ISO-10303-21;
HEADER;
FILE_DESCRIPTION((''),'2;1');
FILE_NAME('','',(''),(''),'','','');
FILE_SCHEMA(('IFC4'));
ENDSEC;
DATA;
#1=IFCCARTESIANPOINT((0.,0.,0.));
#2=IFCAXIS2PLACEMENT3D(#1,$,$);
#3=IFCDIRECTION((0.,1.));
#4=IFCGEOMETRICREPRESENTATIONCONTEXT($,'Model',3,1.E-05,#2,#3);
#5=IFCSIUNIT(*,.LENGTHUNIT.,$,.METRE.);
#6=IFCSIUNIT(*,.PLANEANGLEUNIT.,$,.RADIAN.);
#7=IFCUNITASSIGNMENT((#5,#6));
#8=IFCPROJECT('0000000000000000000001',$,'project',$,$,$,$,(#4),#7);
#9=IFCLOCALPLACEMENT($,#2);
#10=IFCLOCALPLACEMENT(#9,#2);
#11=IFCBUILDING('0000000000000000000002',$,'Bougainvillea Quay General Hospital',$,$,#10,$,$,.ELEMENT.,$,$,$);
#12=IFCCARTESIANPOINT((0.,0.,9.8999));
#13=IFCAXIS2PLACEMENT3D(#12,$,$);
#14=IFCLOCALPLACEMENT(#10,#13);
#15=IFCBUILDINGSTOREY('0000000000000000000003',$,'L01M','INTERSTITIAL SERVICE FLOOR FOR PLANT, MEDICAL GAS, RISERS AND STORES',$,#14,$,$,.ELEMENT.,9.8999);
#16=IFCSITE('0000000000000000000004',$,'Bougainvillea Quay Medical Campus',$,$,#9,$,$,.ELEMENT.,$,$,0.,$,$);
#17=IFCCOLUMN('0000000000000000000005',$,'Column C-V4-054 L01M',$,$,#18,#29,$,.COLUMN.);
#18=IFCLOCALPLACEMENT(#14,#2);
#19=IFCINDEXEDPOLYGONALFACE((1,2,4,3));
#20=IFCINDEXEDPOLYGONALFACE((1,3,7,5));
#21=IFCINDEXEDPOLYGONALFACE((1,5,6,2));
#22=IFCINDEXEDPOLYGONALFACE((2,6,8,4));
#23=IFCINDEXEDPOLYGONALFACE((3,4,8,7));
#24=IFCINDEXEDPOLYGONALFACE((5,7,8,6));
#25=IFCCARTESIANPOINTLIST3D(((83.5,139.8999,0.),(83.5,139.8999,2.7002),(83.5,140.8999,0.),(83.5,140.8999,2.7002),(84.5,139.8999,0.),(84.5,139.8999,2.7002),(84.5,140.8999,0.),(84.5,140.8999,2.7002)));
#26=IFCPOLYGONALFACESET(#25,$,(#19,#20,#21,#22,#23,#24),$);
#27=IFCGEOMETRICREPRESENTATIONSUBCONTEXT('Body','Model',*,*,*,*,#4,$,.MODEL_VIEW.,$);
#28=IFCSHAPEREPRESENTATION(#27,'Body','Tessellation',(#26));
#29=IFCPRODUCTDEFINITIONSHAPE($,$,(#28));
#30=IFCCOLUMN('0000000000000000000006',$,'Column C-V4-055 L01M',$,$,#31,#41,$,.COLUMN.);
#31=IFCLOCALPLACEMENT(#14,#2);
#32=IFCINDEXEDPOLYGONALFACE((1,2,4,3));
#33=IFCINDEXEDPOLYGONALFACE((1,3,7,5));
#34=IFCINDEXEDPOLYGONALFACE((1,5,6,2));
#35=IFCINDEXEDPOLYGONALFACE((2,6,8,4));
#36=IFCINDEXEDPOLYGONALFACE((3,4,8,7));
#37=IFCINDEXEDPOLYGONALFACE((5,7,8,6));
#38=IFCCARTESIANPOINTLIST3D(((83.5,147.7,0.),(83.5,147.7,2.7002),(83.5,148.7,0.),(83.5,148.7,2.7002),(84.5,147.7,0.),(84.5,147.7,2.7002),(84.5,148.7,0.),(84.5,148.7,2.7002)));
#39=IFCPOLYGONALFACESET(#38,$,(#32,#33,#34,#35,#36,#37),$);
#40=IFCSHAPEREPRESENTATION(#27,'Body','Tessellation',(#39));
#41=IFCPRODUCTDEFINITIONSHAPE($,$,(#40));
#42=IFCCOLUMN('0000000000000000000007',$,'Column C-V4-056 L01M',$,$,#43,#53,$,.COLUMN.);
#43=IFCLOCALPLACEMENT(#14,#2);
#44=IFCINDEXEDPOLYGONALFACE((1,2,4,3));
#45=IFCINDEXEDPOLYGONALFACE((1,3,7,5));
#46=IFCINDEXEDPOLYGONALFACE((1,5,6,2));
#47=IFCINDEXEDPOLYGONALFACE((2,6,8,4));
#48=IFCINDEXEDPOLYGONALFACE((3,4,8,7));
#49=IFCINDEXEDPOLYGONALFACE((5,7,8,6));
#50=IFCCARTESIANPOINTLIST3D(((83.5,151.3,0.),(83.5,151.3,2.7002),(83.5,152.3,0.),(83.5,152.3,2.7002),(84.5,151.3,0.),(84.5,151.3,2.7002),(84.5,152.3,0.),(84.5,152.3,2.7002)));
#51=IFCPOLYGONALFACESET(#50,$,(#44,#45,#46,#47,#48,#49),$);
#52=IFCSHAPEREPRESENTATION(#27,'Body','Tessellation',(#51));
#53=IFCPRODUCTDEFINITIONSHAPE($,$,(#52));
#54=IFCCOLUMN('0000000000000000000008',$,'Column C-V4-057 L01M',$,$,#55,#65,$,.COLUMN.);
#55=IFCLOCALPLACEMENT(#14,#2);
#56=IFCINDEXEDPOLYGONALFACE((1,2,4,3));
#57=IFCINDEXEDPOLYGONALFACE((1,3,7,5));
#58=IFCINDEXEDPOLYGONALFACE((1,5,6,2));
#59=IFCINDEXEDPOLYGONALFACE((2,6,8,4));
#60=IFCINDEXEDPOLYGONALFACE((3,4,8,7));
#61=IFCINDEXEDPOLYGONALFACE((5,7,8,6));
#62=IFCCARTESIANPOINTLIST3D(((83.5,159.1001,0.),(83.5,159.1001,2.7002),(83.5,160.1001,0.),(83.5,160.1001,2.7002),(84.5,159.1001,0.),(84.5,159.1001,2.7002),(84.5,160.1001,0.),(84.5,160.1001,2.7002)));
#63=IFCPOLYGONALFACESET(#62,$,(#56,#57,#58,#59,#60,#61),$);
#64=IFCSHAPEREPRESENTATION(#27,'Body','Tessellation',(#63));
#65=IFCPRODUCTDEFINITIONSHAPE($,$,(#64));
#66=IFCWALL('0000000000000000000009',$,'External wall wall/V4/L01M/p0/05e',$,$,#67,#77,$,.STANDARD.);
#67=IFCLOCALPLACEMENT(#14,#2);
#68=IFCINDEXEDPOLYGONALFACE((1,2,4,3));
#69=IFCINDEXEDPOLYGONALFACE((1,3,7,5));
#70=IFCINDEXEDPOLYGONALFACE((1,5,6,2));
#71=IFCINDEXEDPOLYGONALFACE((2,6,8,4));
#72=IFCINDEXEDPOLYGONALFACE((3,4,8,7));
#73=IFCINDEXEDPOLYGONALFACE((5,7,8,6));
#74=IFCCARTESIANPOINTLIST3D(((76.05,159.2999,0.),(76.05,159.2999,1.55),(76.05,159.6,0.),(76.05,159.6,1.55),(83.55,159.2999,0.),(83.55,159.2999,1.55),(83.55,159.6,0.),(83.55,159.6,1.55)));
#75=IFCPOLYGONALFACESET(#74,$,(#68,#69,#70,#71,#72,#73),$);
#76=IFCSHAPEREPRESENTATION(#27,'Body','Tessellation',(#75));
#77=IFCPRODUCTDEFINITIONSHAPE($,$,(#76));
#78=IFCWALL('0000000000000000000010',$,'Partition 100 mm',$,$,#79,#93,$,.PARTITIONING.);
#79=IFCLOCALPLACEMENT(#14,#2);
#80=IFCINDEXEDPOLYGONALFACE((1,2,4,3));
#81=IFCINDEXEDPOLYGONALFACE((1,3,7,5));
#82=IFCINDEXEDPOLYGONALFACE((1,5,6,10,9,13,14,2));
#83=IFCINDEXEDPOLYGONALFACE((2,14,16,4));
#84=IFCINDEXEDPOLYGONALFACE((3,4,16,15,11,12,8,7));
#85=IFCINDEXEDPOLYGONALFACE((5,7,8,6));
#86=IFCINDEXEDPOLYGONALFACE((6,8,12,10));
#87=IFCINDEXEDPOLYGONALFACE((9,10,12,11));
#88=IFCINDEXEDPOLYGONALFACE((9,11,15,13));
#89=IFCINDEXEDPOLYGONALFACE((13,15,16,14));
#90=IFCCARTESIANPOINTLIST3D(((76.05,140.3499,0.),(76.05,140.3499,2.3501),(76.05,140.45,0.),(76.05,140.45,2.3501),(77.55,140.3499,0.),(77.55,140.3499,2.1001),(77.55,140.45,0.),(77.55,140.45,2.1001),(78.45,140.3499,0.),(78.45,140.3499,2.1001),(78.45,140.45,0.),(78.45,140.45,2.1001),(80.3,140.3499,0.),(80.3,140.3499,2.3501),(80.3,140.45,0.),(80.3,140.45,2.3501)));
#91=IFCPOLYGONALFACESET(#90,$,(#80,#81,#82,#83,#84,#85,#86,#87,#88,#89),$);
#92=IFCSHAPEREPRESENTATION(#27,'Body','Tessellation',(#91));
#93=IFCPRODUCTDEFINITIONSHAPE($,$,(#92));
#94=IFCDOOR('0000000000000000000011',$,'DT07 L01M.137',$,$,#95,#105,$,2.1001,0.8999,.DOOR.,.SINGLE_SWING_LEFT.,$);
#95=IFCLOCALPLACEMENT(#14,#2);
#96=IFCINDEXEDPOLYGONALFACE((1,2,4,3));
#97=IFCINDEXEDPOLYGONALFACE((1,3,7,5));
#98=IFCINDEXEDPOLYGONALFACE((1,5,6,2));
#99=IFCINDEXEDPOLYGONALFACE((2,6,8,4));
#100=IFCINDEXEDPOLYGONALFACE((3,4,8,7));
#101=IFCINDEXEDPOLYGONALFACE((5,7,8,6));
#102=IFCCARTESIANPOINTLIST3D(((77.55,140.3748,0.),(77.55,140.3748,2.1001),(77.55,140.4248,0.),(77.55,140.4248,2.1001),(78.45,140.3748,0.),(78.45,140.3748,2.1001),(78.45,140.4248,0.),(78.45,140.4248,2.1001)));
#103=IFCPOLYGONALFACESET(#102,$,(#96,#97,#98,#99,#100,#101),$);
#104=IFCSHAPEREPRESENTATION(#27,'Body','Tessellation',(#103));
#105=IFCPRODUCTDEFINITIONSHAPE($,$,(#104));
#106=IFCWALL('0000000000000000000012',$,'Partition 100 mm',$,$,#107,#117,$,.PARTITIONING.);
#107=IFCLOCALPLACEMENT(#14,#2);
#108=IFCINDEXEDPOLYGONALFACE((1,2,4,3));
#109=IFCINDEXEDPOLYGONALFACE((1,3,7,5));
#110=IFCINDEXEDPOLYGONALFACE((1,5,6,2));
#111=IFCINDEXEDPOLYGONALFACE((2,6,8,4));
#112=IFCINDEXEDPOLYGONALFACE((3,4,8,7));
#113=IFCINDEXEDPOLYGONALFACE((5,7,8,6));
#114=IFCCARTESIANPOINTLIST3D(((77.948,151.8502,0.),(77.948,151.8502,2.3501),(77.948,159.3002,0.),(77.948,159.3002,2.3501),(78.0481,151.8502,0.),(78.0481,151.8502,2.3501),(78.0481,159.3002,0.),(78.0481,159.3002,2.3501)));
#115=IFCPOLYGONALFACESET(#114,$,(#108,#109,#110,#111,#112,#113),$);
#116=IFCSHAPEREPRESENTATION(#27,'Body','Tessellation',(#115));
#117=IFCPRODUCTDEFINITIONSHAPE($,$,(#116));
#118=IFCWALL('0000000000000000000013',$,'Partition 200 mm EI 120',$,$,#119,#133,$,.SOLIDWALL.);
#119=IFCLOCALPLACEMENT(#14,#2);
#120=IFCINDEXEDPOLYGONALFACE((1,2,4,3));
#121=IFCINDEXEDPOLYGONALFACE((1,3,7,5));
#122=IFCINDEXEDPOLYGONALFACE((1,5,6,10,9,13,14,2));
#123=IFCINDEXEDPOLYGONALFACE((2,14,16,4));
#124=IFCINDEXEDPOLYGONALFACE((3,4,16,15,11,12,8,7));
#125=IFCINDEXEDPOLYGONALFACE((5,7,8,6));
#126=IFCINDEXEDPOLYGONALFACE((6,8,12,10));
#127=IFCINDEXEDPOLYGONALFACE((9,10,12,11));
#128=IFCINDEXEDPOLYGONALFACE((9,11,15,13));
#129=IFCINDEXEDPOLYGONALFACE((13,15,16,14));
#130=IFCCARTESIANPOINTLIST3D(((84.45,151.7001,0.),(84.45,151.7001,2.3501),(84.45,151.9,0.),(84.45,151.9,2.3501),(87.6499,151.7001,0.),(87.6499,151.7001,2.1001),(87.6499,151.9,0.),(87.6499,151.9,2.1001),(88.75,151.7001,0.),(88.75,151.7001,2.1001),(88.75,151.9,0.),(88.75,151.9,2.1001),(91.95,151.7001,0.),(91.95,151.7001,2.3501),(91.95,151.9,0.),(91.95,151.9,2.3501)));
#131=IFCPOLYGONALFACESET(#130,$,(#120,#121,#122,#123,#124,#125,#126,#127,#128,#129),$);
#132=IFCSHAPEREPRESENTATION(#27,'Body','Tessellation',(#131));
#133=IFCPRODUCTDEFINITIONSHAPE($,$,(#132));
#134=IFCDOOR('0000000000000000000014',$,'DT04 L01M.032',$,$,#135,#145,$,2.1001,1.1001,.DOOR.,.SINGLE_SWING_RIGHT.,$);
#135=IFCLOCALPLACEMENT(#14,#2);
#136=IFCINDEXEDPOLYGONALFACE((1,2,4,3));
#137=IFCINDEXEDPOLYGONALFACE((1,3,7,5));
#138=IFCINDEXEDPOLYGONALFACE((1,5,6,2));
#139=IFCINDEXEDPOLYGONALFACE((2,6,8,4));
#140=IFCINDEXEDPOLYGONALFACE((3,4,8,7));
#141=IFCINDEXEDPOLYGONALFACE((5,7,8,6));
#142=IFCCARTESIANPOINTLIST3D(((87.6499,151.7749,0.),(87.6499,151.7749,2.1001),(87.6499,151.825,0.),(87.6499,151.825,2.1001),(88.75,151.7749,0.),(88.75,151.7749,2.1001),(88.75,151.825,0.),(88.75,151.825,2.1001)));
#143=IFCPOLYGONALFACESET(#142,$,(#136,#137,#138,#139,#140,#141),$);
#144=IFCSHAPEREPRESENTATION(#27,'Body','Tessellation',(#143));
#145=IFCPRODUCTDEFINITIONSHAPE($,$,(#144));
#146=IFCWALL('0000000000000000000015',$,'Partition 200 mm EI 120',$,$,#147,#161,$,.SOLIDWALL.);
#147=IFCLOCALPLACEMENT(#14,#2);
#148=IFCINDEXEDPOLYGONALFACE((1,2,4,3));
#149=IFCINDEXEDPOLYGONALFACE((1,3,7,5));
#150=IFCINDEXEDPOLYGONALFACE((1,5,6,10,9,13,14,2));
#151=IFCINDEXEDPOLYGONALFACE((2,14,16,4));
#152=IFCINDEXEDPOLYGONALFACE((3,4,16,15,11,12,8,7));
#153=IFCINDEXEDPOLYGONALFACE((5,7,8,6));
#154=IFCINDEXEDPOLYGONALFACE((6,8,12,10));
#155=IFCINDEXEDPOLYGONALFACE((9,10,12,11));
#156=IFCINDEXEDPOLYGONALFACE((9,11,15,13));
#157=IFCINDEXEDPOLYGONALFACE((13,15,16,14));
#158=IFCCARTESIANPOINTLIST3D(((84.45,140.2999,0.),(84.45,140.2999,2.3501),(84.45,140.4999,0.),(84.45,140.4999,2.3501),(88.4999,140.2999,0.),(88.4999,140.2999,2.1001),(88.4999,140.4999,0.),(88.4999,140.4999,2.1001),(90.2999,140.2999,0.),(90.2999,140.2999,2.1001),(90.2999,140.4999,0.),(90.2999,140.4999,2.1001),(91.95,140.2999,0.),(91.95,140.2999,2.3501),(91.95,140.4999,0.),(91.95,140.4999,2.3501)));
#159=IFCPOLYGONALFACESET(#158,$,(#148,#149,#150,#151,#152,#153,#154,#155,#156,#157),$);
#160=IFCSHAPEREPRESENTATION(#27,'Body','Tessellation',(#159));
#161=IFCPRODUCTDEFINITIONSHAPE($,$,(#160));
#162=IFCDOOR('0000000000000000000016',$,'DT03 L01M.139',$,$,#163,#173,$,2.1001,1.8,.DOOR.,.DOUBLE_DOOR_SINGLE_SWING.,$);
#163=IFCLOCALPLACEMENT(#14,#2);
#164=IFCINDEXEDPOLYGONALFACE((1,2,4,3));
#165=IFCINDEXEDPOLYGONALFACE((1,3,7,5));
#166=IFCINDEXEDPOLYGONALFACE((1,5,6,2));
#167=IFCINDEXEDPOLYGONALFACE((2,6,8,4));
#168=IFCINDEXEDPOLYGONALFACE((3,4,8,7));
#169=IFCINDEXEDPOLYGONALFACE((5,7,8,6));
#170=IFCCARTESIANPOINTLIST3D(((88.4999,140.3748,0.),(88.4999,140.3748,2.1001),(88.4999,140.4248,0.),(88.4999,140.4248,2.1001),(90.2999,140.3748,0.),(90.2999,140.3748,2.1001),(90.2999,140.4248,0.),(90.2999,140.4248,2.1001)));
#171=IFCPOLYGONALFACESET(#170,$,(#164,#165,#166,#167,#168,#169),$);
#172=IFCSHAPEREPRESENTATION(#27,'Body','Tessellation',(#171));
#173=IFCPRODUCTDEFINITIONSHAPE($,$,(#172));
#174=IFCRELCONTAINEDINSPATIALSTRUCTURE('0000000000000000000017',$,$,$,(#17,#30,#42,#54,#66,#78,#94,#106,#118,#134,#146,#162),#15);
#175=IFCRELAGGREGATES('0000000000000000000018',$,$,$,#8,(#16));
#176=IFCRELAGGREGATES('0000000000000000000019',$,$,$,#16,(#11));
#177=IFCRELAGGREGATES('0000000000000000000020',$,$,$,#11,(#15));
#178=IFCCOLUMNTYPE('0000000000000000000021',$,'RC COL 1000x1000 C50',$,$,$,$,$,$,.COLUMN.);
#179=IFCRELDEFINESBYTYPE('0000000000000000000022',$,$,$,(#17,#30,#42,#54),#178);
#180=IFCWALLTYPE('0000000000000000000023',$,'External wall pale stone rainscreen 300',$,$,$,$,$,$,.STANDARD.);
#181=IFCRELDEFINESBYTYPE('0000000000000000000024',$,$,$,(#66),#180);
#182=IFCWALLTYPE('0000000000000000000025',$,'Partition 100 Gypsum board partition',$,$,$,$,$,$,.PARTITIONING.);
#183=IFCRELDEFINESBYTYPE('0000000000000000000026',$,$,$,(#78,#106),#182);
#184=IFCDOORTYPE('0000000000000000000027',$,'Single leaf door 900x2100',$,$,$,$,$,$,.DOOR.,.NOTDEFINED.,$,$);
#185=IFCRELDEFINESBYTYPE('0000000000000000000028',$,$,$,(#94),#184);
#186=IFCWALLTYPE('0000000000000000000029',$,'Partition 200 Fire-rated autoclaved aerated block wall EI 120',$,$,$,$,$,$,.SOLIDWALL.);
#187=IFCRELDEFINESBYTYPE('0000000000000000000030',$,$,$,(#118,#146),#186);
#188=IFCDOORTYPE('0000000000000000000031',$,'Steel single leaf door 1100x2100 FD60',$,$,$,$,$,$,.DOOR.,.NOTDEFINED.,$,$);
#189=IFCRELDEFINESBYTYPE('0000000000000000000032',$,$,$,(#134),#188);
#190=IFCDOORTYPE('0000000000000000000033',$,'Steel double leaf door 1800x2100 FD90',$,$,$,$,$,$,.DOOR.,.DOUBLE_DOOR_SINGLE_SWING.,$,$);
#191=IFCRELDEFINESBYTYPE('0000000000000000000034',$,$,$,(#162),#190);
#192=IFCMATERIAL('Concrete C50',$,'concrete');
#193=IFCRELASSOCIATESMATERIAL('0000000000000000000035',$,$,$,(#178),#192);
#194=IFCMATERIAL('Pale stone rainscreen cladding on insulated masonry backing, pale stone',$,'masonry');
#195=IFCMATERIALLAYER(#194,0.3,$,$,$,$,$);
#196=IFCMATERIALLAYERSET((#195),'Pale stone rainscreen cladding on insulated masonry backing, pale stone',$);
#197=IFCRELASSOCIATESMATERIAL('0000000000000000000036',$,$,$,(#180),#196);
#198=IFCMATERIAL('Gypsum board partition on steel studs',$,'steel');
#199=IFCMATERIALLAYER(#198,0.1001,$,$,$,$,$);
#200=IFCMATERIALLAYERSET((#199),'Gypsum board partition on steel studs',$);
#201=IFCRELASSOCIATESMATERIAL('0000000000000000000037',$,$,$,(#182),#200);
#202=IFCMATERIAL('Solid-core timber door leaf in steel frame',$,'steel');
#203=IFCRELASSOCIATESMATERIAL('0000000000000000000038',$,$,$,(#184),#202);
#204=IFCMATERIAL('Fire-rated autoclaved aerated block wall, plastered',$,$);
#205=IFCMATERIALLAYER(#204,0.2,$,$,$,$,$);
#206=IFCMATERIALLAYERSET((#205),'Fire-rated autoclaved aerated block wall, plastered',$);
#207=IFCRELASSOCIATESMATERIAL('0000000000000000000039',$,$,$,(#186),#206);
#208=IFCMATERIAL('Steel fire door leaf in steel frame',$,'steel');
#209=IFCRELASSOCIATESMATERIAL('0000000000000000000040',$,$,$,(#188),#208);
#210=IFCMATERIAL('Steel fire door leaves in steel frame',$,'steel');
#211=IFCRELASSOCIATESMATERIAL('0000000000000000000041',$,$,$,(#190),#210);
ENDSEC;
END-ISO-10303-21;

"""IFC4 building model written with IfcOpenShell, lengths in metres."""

from ifc_helpers import new_model, si_unit, direction, frame, frame_2d, origin, origin_2d, place, context, subcontext, project, spatial, rectangle, extrude, material, layer, layer_set, material_profile, profile_set, type_object, element, fill, save


model = new_model("IFC4")

# Units and contexts
model_context = context("Model", 3, precision=1e-05, world=origin(), true_north=direction((0.0, 1.0)))
body_context = subcontext(model_context, "Body", "Model", "MODEL_VIEW")
ifc_project = project(units=[si_unit("LENGTHUNIT", "METRE"), si_unit("PLANEANGLEUNIT", "RADIAN")], contexts=[model_context])

# Site, building, storey
site_placement = place(None, origin())
site = spatial("IfcSite", under=ifc_project, at=site_placement, Name="Bougainvillea Quay Medical Campus", CompositionType="ELEMENT", RefElevation=0.0)
building_placement = place(site_placement, origin())
building = spatial("IfcBuilding", under=site, at=building_placement, Name="Bougainvillea Quay General Hospital", CompositionType="ELEMENT")
storey_placement = place(building_placement, frame((0.0, 0.0, 9.8999)))
storey = spatial("IfcBuildingStorey", under=building, at=storey_placement, Name="L01M", Description="INTERSTITIAL SERVICE FLOOR FOR PLANT, MEDICAL GAS, RISERS AND STORES", CompositionType="ELEMENT", Elevation=9.8999)

# Columns
ifc_material_1 = material(Name="Concrete C50", Category="concrete")
ifc_material_profile = material_profile(ifc_material_1, rectangle(XDim=1.0, YDim=1.0, at=origin_2d()))
ifc_profile_set = profile_set([ifc_material_profile], Name="Concrete C50")
column_type = type_object("IfcColumnType", Name="RC COL 1000x1000 C50", PredefinedType="COLUMN", material=ifc_profile_set)
for number, where, z_axis, x_axis, name in (
    (1, (84.0, 140.3999, 0.0), (0.0, 0.0, 1.0), (1.0, 0.0, 0.0), "Column C-V4-054 L01M"),
    (2, (84.0, 148.2, 0.0), (0.0, 0.0, 1.0), (1.0, 0.0, 0.0), "Column C-V4-055 L01M"),
    (3, (84.0, 151.8, 0.0), (0.0, 0.0, 1.0), (1.0, 0.0, 0.0), "Column C-V4-056 L01M"),
    (4, (84.0, 159.6001, 0.0), (0.0, 0.0, 1.0), (1.0, 0.0, 0.0), "Column C-V4-057 L01M"),
):
    element("IfcColumn", number, at=place(storey_placement, frame(where, z_axis=z_axis, x_axis=x_axis)), inside=storey, type_object=column_type, Name=name, PredefinedType="COLUMN", context=body_context, shape_type="SweptSolid", body=[
        extrude(rectangle(XDim=1.0, YDim=1.0, at=origin_2d()), origin(), (0.0, 0.0, 1.0), 2.7002),
    ])

# Wall
ifc_material_2 = material(Name="Pale stone rainscreen cladding on insulated masonry backing, pale stone", Category="masonry")
ifc_layer_1 = layer(ifc_material_2, 0.3)
ifc_layer_set_1 = layer_set([ifc_layer_1], Name="Pale stone rainscreen cladding on insulated masonry backing, pale stone")
wall_type_1 = type_object("IfcWallType", Name="External wall pale stone rainscreen 300", PredefinedType="STANDARD", material=ifc_layer_set_1)
wall_1_placement = place(storey_placement, frame((83.55, 159.45, 0.0), z_axis=(0.0, 0.0, 1.0), x_axis=(-1.0, 0.0, 0.0)))
element("IfcWall", 5, at=wall_1_placement, inside=storey, type_object=wall_type_1, Name="External wall wall/V4/L01M/p0/05e", PredefinedType="STANDARD", context=body_context, shape_type="SweptSolid", body=[
    extrude(rectangle(XDim=7.5, YDim=0.3, at=frame_2d((3.75, 0.0))), origin(), (0.0, 0.0, 1.0), 1.55),
])

# Wall, opening, door
ifc_material_3 = material(Name="Gypsum board partition on steel studs", Category="steel")
ifc_layer_2 = layer(ifc_material_3, 0.1001)
ifc_layer_set_2 = layer_set([ifc_layer_2], Name="Gypsum board partition on steel studs")
wall_type_2 = type_object("IfcWallType", Name="Partition 100 Gypsum board partition", PredefinedType="PARTITIONING", material=ifc_layer_set_2)
wall_2_placement = place(storey_placement, frame((80.3, 140.3999, 0.0), z_axis=(0.0, 0.0, 1.0), x_axis=(-1.0, 0.0, 0.0)))
wall_2 = element("IfcWall", 6, at=wall_2_placement, inside=storey, type_object=wall_type_2, Name="Partition 100 mm", PredefinedType="PARTITIONING", context=body_context, shape_type="SweptSolid", body=[
    extrude(rectangle(XDim=4.25, YDim=0.1001, at=frame_2d((2.125, 0.0))), origin(), (0.0, 0.0, 1.0), 2.3501),
])
opening_1_placement = place(wall_2_placement, frame((1.8501, 0.0, 0.0)))
opening_1 = element("IfcOpeningElement", 7, at=opening_1_placement, cuts=wall_2, PredefinedType="OPENING", context=body_context, shape_type="SweptSolid", body=[
    extrude(rectangle(XDim=0.8999, YDim=2.1001, at=frame_2d((0.45, 1.05))), frame((0.0, 0.0601, 0.0), z_axis=(0.0, -1.0, 0.0), x_axis=(1.0, 0.0, 0.0)), (0.0, 0.0, 1.0), 0.1201),
])
ifc_material_4 = material(Name="Solid-core timber door leaf in steel frame", Category="steel")
door_type_1 = type_object("IfcDoorType", Name="Single leaf door 900x2100", OperationType="NOTDEFINED", PredefinedType="DOOR", material=ifc_material_4)
door_1_placement = place(opening_1_placement, frame((0.8999, 0.0, 0.0), z_axis=(0.0, 0.0, 1.0), x_axis=(-1.0, 0.0, 0.0)))
door_1 = element("IfcDoor", 8, at=door_1_placement, inside=storey, type_object=door_type_1, Name="DT07 L01M.137", OperationType="SINGLE_SWING_LEFT", OverallHeight=2.1001, OverallWidth=0.8999, PredefinedType="DOOR", context=body_context, shape_type="SweptSolid", body=[
    extrude(rectangle(XDim=0.8999, YDim=2.1001, at=frame_2d((0.45, 1.05))), frame((0.0, 0.0249, 0.0), z_axis=(0.0, -1.0, 0.0), x_axis=(1.0, 0.0, 0.0)), (0.0, 0.0, 1.0), 0.05),
])
fill(opening_1, door_1)

# Wall
wall_3_placement = place(storey_placement, frame((77.998, 151.8501, 0.0), z_axis=(0.0, 0.0, 1.0), x_axis=(0.0, 1.0, 0.0)))
element("IfcWall", 9, at=wall_3_placement, inside=storey, type_object=wall_type_2, Name="Partition 100 mm", PredefinedType="PARTITIONING", context=body_context, shape_type="SweptSolid", body=[
    extrude(rectangle(XDim=7.45, YDim=0.1001, at=frame_2d((3.7251, 0.0))), origin(), (0.0, 0.0, 1.0), 2.3501),
])

# Walls, openings, doors
ifc_material_5 = material(Name="Fire-rated autoclaved aerated block wall, plastered")
ifc_layer_3 = layer(ifc_material_5, 0.2)
ifc_layer_set_3 = layer_set([ifc_layer_3], Name="Fire-rated autoclaved aerated block wall, plastered")
wall_type_3 = type_object("IfcWallType", Name="Partition 200 Fire-rated autoclaved aerated block wall EI 120", PredefinedType="SOLIDWALL", material=ifc_layer_set_3)
wall_4_placement = place(storey_placement, frame((84.45, 151.8, 0.0), z_axis=(0.0, 0.0, 1.0), x_axis=(1.0, 0.0, 0.0)))
wall_4 = element("IfcWall", 10, at=wall_4_placement, inside=storey, type_object=wall_type_3, Name="Partition 200 mm EI 120", PredefinedType="SOLIDWALL", context=body_context, shape_type="SweptSolid", body=[
    extrude(rectangle(XDim=7.5, YDim=0.2, at=frame_2d((3.75, 0.0))), origin(), (0.0, 0.0, 1.0), 2.3501),
])
opening_2_placement = place(wall_4_placement, frame((3.2, 0.0, 0.0)))
opening_2 = element("IfcOpeningElement", 11, at=opening_2_placement, cuts=wall_4, PredefinedType="OPENING", context=body_context, shape_type="SweptSolid", body=[
    extrude(rectangle(XDim=1.1001, YDim=2.1001, at=frame_2d((0.55, 1.05))), frame((0.0, 0.1099, 0.0), z_axis=(0.0, -1.0, 0.0), x_axis=(1.0, 0.0, 0.0)), (0.0, 0.0, 1.0), 0.22),
])
ifc_material_6 = material(Name="Steel fire door leaf in steel frame", Category="steel")
door_type_2 = type_object("IfcDoorType", Name="Steel single leaf door 1100x2100 FD60", OperationType="NOTDEFINED", PredefinedType="DOOR", material=ifc_material_6)
door_2_placement = place(opening_2_placement, origin())
door_2 = element("IfcDoor", 12, at=door_2_placement, inside=storey, type_object=door_type_2, Name="DT04 L01M.032", OperationType="SINGLE_SWING_RIGHT", OverallHeight=2.1001, OverallWidth=1.1001, PredefinedType="DOOR", context=body_context, shape_type="SweptSolid", body=[
    extrude(rectangle(XDim=1.1001, YDim=2.1001, at=frame_2d((0.55, 1.05))), frame((0.0, 0.0249, 0.0), z_axis=(0.0, -1.0, 0.0), x_axis=(1.0, 0.0, 0.0)), (0.0, 0.0, 1.0), 0.05),
])
fill(opening_2, door_2)
wall_5_placement = place(storey_placement, frame((84.45, 140.3999, 0.0), z_axis=(0.0, 0.0, 1.0), x_axis=(1.0, 0.0, 0.0)))
wall_5 = element("IfcWall", 13, at=wall_5_placement, inside=storey, type_object=wall_type_3, Name="Partition 200 mm EI 120", PredefinedType="SOLIDWALL", context=body_context, shape_type="SweptSolid", body=[
    extrude(rectangle(XDim=7.5, YDim=0.2, at=frame_2d((3.75, 0.0))), origin(), (0.0, 0.0, 1.0), 2.3501),
])
opening_3_placement = place(wall_5_placement, frame((4.05, 0.0, 0.0)))
opening_3 = element("IfcOpeningElement", 14, at=opening_3_placement, cuts=wall_5, PredefinedType="OPENING", context=body_context, shape_type="SweptSolid", body=[
    extrude(rectangle(XDim=1.8, YDim=2.1001, at=frame_2d((0.8999, 1.05))), frame((0.0, 0.1099, 0.0), z_axis=(0.0, -1.0, 0.0), x_axis=(1.0, 0.0, 0.0)), (0.0, 0.0, 1.0), 0.22),
])
ifc_material_7 = material(Name="Steel fire door leaves in steel frame", Category="steel")
door_type_3 = type_object("IfcDoorType", Name="Steel double leaf door 1800x2100 FD90", OperationType="DOUBLE_DOOR_SINGLE_SWING", PredefinedType="DOOR", material=ifc_material_7)
door_3_placement = place(opening_3_placement, origin())
door_3 = element("IfcDoor", 15, at=door_3_placement, inside=storey, type_object=door_type_3, Name="DT03 L01M.139", OperationType="DOUBLE_DOOR_SINGLE_SWING", OverallHeight=2.1001, OverallWidth=1.8, PredefinedType="DOOR", context=body_context, shape_type="SweptSolid", body=[
    extrude(rectangle(XDim=1.8, YDim=2.1001, at=frame_2d((0.8999, 1.05))), frame((0.0, 0.0249, 0.0), z_axis=(0.0, -1.0, 0.0), x_axis=(1.0, 0.0, 0.0)), (0.0, 0.0, 1.0), 0.05),
])
fill(opening_3, door_3)

save(model, "model.ifc")
